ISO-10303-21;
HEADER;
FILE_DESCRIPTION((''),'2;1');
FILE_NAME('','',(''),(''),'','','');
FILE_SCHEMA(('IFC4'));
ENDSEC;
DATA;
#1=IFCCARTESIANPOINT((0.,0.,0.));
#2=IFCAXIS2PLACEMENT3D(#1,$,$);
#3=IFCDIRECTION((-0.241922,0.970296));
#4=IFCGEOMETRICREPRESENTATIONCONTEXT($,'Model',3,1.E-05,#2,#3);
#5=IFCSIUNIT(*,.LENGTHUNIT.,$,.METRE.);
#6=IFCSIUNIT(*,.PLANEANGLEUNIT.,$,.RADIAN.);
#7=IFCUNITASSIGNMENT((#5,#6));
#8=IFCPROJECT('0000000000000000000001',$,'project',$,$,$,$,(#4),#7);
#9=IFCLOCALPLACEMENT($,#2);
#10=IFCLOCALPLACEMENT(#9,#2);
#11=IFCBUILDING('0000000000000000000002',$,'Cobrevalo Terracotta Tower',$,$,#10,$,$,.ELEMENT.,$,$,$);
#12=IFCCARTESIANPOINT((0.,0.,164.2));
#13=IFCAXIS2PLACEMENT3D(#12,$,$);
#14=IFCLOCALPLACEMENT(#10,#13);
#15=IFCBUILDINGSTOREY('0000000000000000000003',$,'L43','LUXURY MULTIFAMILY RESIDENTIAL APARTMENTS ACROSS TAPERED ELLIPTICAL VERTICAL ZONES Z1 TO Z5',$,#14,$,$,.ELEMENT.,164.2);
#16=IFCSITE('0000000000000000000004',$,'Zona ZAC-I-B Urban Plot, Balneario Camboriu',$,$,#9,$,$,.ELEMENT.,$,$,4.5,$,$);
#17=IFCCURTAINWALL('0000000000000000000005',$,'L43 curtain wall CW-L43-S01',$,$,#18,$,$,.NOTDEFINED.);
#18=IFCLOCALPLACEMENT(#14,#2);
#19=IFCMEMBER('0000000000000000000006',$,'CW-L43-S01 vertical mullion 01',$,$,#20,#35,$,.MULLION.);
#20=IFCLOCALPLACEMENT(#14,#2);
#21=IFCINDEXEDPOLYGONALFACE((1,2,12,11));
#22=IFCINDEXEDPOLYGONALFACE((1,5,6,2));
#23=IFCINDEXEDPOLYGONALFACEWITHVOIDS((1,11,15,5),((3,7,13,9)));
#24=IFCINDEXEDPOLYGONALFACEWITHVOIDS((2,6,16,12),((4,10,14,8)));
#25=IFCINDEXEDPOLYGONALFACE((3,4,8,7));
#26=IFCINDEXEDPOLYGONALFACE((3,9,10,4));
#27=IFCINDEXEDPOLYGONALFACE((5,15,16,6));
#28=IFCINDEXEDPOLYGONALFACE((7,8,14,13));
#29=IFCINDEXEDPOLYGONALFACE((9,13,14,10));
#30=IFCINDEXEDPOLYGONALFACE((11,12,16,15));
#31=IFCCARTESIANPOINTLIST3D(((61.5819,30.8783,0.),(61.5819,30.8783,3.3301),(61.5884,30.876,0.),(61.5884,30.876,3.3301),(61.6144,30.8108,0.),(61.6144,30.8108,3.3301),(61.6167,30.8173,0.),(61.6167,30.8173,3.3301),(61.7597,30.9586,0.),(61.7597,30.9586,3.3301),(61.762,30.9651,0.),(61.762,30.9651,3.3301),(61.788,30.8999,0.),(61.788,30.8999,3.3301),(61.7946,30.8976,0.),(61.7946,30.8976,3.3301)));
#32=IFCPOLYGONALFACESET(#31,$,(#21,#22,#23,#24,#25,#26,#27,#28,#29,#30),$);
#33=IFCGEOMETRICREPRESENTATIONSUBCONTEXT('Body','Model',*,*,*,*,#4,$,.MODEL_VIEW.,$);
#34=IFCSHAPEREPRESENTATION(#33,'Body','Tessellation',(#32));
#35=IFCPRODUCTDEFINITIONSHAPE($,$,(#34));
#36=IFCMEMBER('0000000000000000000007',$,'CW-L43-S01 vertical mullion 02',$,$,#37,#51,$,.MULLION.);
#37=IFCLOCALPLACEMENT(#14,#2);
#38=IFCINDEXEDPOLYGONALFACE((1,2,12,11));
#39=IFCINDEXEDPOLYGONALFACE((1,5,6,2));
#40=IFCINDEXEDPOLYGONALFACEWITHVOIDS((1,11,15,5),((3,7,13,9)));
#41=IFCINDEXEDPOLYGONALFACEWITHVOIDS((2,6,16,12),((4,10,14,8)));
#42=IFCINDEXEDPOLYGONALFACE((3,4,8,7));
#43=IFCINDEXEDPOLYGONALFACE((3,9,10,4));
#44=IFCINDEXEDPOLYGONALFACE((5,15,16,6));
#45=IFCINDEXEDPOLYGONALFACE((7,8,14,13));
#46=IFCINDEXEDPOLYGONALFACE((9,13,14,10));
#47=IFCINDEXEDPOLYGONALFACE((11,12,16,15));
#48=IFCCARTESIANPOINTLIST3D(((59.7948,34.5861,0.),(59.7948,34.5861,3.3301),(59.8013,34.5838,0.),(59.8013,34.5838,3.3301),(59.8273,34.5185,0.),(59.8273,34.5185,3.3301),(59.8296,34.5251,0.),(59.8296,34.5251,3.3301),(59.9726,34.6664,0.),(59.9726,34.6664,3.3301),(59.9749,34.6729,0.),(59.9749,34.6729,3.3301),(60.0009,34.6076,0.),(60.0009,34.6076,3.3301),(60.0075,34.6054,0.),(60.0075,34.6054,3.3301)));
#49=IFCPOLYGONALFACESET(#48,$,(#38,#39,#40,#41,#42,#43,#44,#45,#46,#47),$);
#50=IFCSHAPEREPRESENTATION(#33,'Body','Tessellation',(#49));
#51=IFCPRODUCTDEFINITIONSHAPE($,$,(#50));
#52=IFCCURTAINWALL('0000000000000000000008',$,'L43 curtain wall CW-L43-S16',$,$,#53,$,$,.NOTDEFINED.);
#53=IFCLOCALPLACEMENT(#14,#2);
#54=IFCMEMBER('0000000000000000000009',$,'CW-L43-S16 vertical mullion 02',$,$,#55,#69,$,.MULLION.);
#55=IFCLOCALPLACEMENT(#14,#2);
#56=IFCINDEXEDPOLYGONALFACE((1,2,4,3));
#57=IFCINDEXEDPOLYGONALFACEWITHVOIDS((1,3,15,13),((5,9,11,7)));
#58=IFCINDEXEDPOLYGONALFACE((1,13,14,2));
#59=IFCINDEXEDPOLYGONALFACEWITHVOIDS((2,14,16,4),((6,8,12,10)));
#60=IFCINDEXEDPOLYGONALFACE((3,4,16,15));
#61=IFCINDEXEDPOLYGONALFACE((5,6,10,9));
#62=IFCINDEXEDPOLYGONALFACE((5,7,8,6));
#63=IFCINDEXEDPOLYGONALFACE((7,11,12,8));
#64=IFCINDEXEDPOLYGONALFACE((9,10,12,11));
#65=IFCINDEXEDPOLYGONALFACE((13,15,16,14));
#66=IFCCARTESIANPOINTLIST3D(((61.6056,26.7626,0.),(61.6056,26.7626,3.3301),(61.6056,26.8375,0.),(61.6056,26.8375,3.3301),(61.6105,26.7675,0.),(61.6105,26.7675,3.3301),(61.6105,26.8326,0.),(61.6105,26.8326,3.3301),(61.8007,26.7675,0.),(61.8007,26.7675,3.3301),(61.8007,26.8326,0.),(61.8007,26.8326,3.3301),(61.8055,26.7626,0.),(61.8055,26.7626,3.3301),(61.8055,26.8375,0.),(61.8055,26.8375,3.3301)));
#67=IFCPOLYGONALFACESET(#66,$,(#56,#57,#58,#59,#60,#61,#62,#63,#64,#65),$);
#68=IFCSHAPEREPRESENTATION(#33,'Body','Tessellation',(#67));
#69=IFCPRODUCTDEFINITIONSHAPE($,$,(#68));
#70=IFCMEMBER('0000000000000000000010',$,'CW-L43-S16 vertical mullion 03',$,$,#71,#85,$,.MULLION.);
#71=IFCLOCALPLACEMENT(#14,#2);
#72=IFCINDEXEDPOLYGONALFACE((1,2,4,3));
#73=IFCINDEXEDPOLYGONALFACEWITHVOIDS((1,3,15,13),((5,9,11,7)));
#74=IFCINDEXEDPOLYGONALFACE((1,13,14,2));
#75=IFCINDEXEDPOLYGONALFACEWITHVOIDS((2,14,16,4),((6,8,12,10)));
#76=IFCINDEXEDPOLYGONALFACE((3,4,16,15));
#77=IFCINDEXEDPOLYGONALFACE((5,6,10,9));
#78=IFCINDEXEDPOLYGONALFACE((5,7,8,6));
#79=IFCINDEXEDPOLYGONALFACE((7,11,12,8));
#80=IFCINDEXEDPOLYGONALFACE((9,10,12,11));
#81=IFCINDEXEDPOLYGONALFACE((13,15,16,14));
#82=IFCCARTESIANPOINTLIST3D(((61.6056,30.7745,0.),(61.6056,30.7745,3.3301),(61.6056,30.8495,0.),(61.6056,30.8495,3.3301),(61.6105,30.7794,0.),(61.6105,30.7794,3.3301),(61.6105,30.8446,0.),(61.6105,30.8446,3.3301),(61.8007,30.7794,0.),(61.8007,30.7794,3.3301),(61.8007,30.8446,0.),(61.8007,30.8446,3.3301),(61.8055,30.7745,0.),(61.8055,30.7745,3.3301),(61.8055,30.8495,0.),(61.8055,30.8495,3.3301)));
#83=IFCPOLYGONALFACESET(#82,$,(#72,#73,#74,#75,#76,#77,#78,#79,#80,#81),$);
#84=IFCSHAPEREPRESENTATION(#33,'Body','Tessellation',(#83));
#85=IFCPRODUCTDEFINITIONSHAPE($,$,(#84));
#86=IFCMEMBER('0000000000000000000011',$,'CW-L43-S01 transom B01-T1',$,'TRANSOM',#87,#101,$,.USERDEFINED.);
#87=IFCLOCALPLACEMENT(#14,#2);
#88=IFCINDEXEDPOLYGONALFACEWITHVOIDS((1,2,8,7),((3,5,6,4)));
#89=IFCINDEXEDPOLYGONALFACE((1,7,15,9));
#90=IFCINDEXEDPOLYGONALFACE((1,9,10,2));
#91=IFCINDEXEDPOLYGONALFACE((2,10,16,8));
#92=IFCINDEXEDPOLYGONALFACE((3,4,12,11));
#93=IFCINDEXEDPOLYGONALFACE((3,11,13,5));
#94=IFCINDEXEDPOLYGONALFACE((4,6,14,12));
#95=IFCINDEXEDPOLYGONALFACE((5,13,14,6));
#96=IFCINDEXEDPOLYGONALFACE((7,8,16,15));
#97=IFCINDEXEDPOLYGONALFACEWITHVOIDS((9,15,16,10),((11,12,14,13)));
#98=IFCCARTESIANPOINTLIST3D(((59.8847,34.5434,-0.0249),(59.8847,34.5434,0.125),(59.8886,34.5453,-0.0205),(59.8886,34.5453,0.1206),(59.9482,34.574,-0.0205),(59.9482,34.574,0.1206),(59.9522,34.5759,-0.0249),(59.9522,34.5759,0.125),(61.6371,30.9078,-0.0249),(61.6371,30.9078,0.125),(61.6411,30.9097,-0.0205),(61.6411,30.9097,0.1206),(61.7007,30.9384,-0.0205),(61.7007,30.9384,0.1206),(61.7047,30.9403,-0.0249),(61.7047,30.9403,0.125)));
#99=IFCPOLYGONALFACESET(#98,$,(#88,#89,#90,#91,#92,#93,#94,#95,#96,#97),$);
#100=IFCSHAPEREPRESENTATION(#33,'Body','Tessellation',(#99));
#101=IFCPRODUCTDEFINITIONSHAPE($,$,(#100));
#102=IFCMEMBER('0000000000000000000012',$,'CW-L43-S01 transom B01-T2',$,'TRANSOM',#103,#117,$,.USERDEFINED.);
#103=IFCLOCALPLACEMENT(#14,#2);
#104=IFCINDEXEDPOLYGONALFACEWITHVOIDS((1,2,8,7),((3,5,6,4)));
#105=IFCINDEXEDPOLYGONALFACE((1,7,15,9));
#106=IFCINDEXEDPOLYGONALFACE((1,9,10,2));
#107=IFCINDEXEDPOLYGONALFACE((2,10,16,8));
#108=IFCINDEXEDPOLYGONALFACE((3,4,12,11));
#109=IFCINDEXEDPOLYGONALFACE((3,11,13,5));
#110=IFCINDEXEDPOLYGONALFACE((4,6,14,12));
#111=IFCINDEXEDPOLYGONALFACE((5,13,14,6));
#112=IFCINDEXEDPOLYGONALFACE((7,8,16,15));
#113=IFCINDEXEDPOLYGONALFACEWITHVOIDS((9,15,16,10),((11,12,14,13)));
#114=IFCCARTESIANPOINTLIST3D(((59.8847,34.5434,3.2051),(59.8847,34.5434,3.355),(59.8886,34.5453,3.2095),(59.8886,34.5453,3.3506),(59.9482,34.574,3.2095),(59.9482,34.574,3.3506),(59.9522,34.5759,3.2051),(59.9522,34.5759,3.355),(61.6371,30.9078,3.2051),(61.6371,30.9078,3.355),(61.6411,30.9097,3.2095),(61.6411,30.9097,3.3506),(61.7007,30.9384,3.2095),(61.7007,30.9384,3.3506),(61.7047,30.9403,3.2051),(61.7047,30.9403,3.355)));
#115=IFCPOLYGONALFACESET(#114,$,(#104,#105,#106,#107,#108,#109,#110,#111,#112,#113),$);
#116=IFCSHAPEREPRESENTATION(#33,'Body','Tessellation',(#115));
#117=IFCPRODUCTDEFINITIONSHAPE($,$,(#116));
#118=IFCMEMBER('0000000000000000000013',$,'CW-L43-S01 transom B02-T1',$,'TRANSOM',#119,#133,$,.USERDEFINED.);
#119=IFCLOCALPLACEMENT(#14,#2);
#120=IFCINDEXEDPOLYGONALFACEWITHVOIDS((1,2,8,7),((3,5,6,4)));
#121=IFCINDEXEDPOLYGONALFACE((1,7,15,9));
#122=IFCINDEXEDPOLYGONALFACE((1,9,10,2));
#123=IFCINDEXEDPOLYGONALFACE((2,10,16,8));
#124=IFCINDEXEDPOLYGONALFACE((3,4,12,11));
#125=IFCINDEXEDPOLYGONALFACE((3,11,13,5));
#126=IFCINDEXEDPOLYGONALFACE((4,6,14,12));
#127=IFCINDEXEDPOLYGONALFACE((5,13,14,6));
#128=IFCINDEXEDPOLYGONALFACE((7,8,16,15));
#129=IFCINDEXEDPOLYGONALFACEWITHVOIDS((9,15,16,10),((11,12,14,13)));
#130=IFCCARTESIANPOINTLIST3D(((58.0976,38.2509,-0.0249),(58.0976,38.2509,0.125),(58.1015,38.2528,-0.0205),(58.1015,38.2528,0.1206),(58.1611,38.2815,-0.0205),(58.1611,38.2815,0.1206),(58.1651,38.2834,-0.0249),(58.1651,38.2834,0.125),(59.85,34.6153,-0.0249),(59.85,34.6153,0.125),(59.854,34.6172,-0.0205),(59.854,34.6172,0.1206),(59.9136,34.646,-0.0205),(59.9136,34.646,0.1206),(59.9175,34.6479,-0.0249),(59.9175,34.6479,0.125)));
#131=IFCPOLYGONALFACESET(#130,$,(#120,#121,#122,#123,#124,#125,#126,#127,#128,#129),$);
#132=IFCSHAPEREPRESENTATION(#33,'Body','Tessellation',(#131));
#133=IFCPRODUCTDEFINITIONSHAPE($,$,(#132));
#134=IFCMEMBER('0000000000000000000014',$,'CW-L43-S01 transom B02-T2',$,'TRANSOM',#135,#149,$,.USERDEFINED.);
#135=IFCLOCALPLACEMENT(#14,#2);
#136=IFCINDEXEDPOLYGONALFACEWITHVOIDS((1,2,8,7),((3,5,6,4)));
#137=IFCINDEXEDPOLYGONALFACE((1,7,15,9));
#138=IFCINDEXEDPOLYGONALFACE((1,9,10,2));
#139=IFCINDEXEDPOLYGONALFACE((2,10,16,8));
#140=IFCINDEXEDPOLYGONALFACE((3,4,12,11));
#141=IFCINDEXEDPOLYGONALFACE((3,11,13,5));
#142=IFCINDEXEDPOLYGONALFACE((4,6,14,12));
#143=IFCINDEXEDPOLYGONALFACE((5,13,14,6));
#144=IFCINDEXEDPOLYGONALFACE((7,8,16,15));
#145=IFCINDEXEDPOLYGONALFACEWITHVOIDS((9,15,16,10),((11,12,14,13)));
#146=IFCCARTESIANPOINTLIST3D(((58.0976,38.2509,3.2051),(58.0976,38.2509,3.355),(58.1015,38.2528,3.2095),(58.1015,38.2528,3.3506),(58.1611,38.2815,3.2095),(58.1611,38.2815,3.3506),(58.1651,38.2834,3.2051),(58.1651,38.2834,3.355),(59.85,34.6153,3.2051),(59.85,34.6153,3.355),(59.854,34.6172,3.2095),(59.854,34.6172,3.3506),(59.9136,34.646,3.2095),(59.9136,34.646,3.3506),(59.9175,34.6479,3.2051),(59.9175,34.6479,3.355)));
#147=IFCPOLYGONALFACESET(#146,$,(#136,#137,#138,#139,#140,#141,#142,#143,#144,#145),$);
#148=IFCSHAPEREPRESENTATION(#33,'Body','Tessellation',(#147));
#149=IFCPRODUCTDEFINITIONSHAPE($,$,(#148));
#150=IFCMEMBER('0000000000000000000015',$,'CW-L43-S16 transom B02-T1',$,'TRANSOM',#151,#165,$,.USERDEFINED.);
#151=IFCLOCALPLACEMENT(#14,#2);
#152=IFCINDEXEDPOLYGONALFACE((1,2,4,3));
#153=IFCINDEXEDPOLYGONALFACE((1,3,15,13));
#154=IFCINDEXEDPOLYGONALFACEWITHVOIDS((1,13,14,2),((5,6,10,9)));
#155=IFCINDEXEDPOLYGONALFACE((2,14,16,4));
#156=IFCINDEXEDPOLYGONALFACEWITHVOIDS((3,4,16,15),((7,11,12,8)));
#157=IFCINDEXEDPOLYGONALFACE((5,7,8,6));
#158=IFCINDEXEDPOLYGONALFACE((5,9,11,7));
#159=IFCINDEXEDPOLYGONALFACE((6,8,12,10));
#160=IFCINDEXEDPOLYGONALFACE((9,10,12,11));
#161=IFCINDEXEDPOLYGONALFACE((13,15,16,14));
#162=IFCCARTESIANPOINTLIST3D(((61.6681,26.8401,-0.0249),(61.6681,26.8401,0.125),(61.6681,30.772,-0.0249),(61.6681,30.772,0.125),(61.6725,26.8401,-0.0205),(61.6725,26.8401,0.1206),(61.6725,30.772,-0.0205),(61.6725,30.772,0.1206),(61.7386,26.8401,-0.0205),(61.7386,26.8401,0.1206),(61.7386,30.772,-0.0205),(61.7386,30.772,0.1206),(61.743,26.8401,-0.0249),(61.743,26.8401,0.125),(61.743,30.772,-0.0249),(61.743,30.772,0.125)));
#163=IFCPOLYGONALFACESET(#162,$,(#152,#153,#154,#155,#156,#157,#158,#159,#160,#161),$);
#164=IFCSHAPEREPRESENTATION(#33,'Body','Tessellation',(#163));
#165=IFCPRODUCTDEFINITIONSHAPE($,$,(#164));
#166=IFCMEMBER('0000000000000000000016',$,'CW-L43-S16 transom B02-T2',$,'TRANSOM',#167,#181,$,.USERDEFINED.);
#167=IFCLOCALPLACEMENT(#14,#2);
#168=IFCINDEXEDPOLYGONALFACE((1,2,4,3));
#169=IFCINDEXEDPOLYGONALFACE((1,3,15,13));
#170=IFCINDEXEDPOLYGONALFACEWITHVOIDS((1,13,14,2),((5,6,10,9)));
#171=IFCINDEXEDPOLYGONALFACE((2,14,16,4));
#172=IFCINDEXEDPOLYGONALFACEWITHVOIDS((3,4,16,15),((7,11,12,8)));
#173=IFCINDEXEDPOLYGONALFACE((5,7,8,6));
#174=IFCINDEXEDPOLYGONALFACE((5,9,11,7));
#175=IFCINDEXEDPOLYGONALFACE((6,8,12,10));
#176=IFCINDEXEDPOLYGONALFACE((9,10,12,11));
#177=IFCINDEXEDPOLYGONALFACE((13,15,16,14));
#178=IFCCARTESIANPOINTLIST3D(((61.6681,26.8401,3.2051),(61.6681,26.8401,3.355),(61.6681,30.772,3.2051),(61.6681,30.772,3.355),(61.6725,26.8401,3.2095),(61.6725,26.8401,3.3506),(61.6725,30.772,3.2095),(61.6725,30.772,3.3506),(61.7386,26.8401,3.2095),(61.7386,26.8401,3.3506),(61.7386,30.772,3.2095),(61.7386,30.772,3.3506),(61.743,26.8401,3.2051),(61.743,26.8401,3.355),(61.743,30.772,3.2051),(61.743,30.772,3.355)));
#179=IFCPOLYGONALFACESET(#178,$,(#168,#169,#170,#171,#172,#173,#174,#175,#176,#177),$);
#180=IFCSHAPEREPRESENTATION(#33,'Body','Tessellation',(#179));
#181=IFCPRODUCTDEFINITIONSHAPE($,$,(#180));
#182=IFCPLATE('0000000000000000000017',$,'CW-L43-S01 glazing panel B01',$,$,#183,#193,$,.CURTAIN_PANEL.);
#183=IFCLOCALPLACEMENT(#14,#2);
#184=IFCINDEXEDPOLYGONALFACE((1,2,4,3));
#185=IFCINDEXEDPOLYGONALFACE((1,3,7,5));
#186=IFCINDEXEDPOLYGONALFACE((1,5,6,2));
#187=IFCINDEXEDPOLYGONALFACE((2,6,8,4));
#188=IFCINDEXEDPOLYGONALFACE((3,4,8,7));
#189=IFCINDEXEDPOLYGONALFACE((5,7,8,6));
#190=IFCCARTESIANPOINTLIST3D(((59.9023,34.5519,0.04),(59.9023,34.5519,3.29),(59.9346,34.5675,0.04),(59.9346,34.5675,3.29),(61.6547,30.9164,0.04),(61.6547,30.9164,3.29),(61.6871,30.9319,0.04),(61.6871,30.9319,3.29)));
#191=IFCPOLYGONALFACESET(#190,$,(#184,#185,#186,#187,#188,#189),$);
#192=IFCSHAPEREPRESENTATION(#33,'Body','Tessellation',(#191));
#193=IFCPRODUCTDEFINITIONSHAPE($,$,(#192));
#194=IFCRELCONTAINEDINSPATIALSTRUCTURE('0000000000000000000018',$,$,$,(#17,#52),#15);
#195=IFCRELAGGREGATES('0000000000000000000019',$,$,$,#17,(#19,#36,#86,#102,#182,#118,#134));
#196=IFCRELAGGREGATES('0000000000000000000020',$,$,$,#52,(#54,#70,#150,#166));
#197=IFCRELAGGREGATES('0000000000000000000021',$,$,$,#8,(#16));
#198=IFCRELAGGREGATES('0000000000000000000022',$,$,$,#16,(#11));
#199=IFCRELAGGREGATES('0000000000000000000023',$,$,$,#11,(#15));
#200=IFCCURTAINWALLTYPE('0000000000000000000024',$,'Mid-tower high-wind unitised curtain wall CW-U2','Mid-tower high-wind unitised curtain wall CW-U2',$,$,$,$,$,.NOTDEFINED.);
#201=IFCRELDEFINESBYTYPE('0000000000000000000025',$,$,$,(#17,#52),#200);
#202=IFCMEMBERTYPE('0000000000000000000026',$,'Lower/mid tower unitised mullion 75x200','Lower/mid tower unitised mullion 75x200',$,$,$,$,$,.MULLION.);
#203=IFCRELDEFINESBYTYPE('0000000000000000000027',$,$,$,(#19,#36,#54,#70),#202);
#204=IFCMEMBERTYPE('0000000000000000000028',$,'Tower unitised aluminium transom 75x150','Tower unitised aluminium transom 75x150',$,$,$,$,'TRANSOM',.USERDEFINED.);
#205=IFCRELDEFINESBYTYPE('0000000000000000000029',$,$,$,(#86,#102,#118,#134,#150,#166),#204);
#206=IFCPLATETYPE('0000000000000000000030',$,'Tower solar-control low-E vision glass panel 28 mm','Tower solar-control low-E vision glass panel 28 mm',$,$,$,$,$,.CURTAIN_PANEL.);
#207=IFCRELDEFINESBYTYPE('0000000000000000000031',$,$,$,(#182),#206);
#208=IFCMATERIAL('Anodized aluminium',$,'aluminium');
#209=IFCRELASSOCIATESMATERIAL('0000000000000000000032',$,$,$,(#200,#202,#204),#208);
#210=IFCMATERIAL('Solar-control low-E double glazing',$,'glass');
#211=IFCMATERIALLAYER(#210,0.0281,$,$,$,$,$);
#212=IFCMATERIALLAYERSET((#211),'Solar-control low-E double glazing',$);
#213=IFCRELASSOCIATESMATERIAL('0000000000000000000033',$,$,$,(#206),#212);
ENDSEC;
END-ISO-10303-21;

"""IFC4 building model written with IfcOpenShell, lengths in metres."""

from ifc_helpers import new_model, si_unit, direction, frame, origin, origin_2d, place, context, subcontext, project, spatial, rectangle, hollow_rectangle, extrude, source, transform, mapped, material, layer, layer_set, material_profile, profile_set, type_object, element, aggregate, save


model = new_model("IFC4")

# Units and contexts
model_context = context("Model", 3, precision=1e-05, world=origin(), true_north=direction((-0.241922, 0.970296)))
body_context = subcontext(model_context, "Body", "Model", "MODEL_VIEW")
ifc_project = project(units=[si_unit("LENGTHUNIT", "METRE"), si_unit("PLANEANGLEUNIT", "RADIAN")], contexts=[model_context])

# Site, building, storey
site_placement = place(None, origin())
site = spatial("IfcSite", under=ifc_project, at=site_placement, Name="Zona ZAC-I-B Urban Plot, Balneario Camboriu", CompositionType="ELEMENT", RefElevation=4.5)
building_placement = place(site_placement, origin())
building = spatial("IfcBuilding", under=site, at=building_placement, Name="Cobrevalo Terracotta Tower", CompositionType="ELEMENT")
storey_placement = place(building_placement, frame((0.0, 0.0, 164.2)))
storey = spatial("IfcBuildingStorey", under=building, at=storey_placement, Name="L43", Description="LUXURY MULTIFAMILY RESIDENTIAL APARTMENTS ACROSS TAPERED ELLIPTICAL VERTICAL ZONES Z1 TO Z5", CompositionType="ELEMENT", Elevation=164.2)

# Curtain walls, members
ifc_material_1 = material(Name="Anodized aluminium", Category="aluminium")
curtain_wall_type = type_object("IfcCurtainWallType", Name="Mid-tower high-wind unitised curtain wall CW-U2", Description="Mid-tower high-wind unitised curtain wall CW-U2", PredefinedType="NOTDEFINED", material=ifc_material_1)
curtain_wall_1_placement = place(storey_placement, origin())
curtain_wall_1 = element("IfcCurtainWall", 1, at=curtain_wall_1_placement, inside=storey, type_object=curtain_wall_type, Name="L43 curtain wall CW-L43-S01", PredefinedType="NOTDEFINED")
ifc_material_profile_1 = material_profile(ifc_material_1, hollow_rectangle(XDim=0.075, YDim=0.2, WallThickness=0.0049, at=origin_2d()), Name="CWM 75x200")
ifc_profile_set_1 = profile_set([ifc_material_profile_1], Name="Anodized aluminium")
member_type_1 = type_object("IfcMemberType", Name="Lower/mid tower unitised mullion 75x200", Description="Lower/mid tower unitised mullion 75x200", PredefinedType="MULLION", material=ifc_profile_set_1)
shared_shape_1 = source(origin(), body_context, "Body", "SweptSolid", [
    extrude(hollow_rectangle(XDim=0.075, YDim=0.2, WallThickness=0.0049, at=origin_2d()), origin(), (0.0, 0.0, 1.0), 3.3301),
])
member_1_placement = place(storey_placement, frame((61.6882, 30.8879, 0.0), z_axis=(0.0, 0.0, 1.0), x_axis=(-0.434209, 0.900812, 0.0)))
member_1 = element("IfcMember", 2, at=member_1_placement, type_object=member_type_1, Name="CW-L43-S01 vertical mullion 01", PredefinedType="MULLION", context=body_context, shape_type="MappedRepresentation", body=[
    mapped(shared_shape_1, transform((0.0, 0.0, 0.0), scale=1.0)),
])
member_2_placement = place(storey_placement, frame((59.9011, 34.5957, 0.0), z_axis=(0.0, 0.0, 1.0), x_axis=(-0.434209, 0.900812, 0.0)))
member_2 = element("IfcMember", 3, at=member_2_placement, type_object=member_type_1, Name="CW-L43-S01 vertical mullion 02", PredefinedType="MULLION", context=body_context, shape_type="MappedRepresentation", body=[
    mapped(shared_shape_1, transform((0.0, 0.0, 0.0), scale=1.0)),
])
curtain_wall_2_placement = place(storey_placement, origin())
curtain_wall_2 = element("IfcCurtainWall", 4, at=curtain_wall_2_placement, inside=storey, type_object=curtain_wall_type, Name="L43 curtain wall CW-L43-S16", PredefinedType="NOTDEFINED")
member_3_placement = place(storey_placement, frame((61.7056, 26.8, 0.0), z_axis=(0.0, 0.0, 1.0), x_axis=(0.0, 1.0, 0.0)))
member_3 = element("IfcMember", 5, at=member_3_placement, type_object=member_type_1, Name="CW-L43-S16 vertical mullion 02", PredefinedType="MULLION", context=body_context, shape_type="MappedRepresentation", body=[
    mapped(shared_shape_1, transform((0.0, 0.0, 0.0), scale=1.0)),
])
member_4_placement = place(storey_placement, frame((61.7056, 30.812, 0.0), z_axis=(0.0, 0.0, 1.0), x_axis=(0.0, 1.0, 0.0)))
member_4 = element("IfcMember", 6, at=member_4_placement, type_object=member_type_1, Name="CW-L43-S16 vertical mullion 03", PredefinedType="MULLION", context=body_context, shape_type="MappedRepresentation", body=[
    mapped(shared_shape_1, transform((0.0, 0.0, 0.0), scale=1.0)),
])

# Members
ifc_material_profile_2 = material_profile(ifc_material_1, hollow_rectangle(XDim=0.075, YDim=0.1499, WallThickness=0.0044, at=origin_2d()), Name="CWT 75x150")
ifc_profile_set_2 = profile_set([ifc_material_profile_2], Name="Anodized aluminium")
member_type_2 = type_object("IfcMemberType", Name="Tower unitised aluminium transom 75x150", Description="Tower unitised aluminium transom 75x150", ElementType="TRANSOM", PredefinedType="USERDEFINED", material=ifc_profile_set_2)
shared_shape_2 = source(origin(), body_context, "Body", "SweptSolid", [
    extrude(hollow_rectangle(XDim=0.075, YDim=0.1499, WallThickness=0.0044, at=origin_2d()), origin(), (0.0, 0.0, 1.0), 4.0359),
])
member_5_placement = place(storey_placement, frame((61.6709, 30.9241, 0.05), z_axis=(-0.434221, 0.900806, 0.0), x_axis=(-0.900806, -0.434221, 0.0)))
member_5 = element("IfcMember", 7, at=member_5_placement, type_object=member_type_2, Name="CW-L43-S01 transom B01-T1", ObjectType="TRANSOM", PredefinedType="USERDEFINED", context=body_context, shape_type="MappedRepresentation", body=[
    mapped(shared_shape_2, transform((0.0, 0.0, 0.0), scale=1.0)),
])
member_6_placement = place(storey_placement, frame((61.6709, 30.9241, 3.28), z_axis=(-0.434221, 0.900806, 0.0), x_axis=(-0.900806, -0.434221, 0.0)))
member_6 = element("IfcMember", 8, at=member_6_placement, type_object=member_type_2, Name="CW-L43-S01 transom B01-T2", ObjectType="TRANSOM", PredefinedType="USERDEFINED", context=body_context, shape_type="MappedRepresentation", body=[
    mapped(shared_shape_2, transform((0.0, 0.0, 0.0), scale=1.0)),
])
member_7_placement = place(storey_placement, frame((59.8838, 34.6316, 0.05), z_axis=(-0.434221, 0.900806, 0.0), x_axis=(-0.900806, -0.434221, 0.0)))
member_7 = element("IfcMember", 9, at=member_7_placement, type_object=member_type_2, Name="CW-L43-S01 transom B02-T1", ObjectType="TRANSOM", PredefinedType="USERDEFINED", context=body_context, shape_type="MappedRepresentation", body=[
    mapped(shared_shape_2, transform((0.0, 0.0, 0.0), scale=1.0)),
])
member_8_placement = place(storey_placement, frame((59.8838, 34.6316, 3.28), z_axis=(-0.434221, 0.900806, 0.0), x_axis=(-0.900806, -0.434221, 0.0)))
member_8 = element("IfcMember", 10, at=member_8_placement, type_object=member_type_2, Name="CW-L43-S01 transom B02-T2", ObjectType="TRANSOM", PredefinedType="USERDEFINED", context=body_context, shape_type="MappedRepresentation", body=[
    mapped(shared_shape_2, transform((0.0, 0.0, 0.0), scale=1.0)),
])
shared_shape_3 = source(origin(), body_context, "Body", "SweptSolid", [
    extrude(hollow_rectangle(XDim=0.075, YDim=0.1499, WallThickness=0.0044, at=origin_2d()), origin(), (0.0, 0.0, 1.0), 3.9319),
])
member_9_placement = place(storey_placement, frame((61.7056, 26.8401, 0.05), z_axis=(0.0, 1.0, 0.0), x_axis=(-1.0, 0.0, 0.0)))
member_9 = element("IfcMember", 11, at=member_9_placement, type_object=member_type_2, Name="CW-L43-S16 transom B02-T1", ObjectType="TRANSOM", PredefinedType="USERDEFINED", context=body_context, shape_type="MappedRepresentation", body=[
    mapped(shared_shape_3, transform((0.0, 0.0, 0.0), scale=1.0)),
])
member_10_placement = place(storey_placement, frame((61.7056, 26.8401, 3.28), z_axis=(0.0, 1.0, 0.0), x_axis=(-1.0, 0.0, 0.0)))
member_10 = element("IfcMember", 12, at=member_10_placement, type_object=member_type_2, Name="CW-L43-S16 transom B02-T2", ObjectType="TRANSOM", PredefinedType="USERDEFINED", context=body_context, shape_type="MappedRepresentation", body=[
    mapped(shared_shape_3, transform((0.0, 0.0, 0.0), scale=1.0)),
])

# Plate
ifc_material_2 = material(Name="Solar-control low-E double glazing", Category="glass")
ifc_layer_1 = layer(ifc_material_2, 0.0281)
ifc_layer_set_1 = layer_set([ifc_layer_1], Name="Solar-control low-E double glazing")
plate_type = type_object("IfcPlateType", Name="Tower solar-control low-E vision glass panel 28 mm", Description="Tower solar-control low-E vision glass panel 28 mm", PredefinedType="CURTAIN_PANEL", material=ifc_layer_set_1)
shared_shape_4 = source(origin(), body_context, "Body", "SweptSolid", [
    extrude(rectangle(XDim=4.0359, YDim=0.0359, at=origin_2d()), origin(), (0.0, 0.0, 1.0), 3.25),
])
plate_1_placement = place(storey_placement, frame((60.7947, 32.7419, 0.04), z_axis=(0.0, 0.0, 1.0), x_axis=(-0.434209, 0.900812, 0.0)))
plate_1 = element("IfcPlate", 13, at=plate_1_placement, type_object=plate_type, Name="CW-L43-S01 glazing panel B01", PredefinedType="CURTAIN_PANEL", context=body_context, shape_type="MappedRepresentation", body=[
    mapped(shared_shape_4, transform((0.0, 0.0, 0.0), scale=1.0)),
])
aggregate(curtain_wall_1, [member_1, member_2, member_5, member_6, plate_1, member_7, member_8])
aggregate(curtain_wall_2, [member_3, member_4, member_9, member_10])

save(model, "model.ifc")
